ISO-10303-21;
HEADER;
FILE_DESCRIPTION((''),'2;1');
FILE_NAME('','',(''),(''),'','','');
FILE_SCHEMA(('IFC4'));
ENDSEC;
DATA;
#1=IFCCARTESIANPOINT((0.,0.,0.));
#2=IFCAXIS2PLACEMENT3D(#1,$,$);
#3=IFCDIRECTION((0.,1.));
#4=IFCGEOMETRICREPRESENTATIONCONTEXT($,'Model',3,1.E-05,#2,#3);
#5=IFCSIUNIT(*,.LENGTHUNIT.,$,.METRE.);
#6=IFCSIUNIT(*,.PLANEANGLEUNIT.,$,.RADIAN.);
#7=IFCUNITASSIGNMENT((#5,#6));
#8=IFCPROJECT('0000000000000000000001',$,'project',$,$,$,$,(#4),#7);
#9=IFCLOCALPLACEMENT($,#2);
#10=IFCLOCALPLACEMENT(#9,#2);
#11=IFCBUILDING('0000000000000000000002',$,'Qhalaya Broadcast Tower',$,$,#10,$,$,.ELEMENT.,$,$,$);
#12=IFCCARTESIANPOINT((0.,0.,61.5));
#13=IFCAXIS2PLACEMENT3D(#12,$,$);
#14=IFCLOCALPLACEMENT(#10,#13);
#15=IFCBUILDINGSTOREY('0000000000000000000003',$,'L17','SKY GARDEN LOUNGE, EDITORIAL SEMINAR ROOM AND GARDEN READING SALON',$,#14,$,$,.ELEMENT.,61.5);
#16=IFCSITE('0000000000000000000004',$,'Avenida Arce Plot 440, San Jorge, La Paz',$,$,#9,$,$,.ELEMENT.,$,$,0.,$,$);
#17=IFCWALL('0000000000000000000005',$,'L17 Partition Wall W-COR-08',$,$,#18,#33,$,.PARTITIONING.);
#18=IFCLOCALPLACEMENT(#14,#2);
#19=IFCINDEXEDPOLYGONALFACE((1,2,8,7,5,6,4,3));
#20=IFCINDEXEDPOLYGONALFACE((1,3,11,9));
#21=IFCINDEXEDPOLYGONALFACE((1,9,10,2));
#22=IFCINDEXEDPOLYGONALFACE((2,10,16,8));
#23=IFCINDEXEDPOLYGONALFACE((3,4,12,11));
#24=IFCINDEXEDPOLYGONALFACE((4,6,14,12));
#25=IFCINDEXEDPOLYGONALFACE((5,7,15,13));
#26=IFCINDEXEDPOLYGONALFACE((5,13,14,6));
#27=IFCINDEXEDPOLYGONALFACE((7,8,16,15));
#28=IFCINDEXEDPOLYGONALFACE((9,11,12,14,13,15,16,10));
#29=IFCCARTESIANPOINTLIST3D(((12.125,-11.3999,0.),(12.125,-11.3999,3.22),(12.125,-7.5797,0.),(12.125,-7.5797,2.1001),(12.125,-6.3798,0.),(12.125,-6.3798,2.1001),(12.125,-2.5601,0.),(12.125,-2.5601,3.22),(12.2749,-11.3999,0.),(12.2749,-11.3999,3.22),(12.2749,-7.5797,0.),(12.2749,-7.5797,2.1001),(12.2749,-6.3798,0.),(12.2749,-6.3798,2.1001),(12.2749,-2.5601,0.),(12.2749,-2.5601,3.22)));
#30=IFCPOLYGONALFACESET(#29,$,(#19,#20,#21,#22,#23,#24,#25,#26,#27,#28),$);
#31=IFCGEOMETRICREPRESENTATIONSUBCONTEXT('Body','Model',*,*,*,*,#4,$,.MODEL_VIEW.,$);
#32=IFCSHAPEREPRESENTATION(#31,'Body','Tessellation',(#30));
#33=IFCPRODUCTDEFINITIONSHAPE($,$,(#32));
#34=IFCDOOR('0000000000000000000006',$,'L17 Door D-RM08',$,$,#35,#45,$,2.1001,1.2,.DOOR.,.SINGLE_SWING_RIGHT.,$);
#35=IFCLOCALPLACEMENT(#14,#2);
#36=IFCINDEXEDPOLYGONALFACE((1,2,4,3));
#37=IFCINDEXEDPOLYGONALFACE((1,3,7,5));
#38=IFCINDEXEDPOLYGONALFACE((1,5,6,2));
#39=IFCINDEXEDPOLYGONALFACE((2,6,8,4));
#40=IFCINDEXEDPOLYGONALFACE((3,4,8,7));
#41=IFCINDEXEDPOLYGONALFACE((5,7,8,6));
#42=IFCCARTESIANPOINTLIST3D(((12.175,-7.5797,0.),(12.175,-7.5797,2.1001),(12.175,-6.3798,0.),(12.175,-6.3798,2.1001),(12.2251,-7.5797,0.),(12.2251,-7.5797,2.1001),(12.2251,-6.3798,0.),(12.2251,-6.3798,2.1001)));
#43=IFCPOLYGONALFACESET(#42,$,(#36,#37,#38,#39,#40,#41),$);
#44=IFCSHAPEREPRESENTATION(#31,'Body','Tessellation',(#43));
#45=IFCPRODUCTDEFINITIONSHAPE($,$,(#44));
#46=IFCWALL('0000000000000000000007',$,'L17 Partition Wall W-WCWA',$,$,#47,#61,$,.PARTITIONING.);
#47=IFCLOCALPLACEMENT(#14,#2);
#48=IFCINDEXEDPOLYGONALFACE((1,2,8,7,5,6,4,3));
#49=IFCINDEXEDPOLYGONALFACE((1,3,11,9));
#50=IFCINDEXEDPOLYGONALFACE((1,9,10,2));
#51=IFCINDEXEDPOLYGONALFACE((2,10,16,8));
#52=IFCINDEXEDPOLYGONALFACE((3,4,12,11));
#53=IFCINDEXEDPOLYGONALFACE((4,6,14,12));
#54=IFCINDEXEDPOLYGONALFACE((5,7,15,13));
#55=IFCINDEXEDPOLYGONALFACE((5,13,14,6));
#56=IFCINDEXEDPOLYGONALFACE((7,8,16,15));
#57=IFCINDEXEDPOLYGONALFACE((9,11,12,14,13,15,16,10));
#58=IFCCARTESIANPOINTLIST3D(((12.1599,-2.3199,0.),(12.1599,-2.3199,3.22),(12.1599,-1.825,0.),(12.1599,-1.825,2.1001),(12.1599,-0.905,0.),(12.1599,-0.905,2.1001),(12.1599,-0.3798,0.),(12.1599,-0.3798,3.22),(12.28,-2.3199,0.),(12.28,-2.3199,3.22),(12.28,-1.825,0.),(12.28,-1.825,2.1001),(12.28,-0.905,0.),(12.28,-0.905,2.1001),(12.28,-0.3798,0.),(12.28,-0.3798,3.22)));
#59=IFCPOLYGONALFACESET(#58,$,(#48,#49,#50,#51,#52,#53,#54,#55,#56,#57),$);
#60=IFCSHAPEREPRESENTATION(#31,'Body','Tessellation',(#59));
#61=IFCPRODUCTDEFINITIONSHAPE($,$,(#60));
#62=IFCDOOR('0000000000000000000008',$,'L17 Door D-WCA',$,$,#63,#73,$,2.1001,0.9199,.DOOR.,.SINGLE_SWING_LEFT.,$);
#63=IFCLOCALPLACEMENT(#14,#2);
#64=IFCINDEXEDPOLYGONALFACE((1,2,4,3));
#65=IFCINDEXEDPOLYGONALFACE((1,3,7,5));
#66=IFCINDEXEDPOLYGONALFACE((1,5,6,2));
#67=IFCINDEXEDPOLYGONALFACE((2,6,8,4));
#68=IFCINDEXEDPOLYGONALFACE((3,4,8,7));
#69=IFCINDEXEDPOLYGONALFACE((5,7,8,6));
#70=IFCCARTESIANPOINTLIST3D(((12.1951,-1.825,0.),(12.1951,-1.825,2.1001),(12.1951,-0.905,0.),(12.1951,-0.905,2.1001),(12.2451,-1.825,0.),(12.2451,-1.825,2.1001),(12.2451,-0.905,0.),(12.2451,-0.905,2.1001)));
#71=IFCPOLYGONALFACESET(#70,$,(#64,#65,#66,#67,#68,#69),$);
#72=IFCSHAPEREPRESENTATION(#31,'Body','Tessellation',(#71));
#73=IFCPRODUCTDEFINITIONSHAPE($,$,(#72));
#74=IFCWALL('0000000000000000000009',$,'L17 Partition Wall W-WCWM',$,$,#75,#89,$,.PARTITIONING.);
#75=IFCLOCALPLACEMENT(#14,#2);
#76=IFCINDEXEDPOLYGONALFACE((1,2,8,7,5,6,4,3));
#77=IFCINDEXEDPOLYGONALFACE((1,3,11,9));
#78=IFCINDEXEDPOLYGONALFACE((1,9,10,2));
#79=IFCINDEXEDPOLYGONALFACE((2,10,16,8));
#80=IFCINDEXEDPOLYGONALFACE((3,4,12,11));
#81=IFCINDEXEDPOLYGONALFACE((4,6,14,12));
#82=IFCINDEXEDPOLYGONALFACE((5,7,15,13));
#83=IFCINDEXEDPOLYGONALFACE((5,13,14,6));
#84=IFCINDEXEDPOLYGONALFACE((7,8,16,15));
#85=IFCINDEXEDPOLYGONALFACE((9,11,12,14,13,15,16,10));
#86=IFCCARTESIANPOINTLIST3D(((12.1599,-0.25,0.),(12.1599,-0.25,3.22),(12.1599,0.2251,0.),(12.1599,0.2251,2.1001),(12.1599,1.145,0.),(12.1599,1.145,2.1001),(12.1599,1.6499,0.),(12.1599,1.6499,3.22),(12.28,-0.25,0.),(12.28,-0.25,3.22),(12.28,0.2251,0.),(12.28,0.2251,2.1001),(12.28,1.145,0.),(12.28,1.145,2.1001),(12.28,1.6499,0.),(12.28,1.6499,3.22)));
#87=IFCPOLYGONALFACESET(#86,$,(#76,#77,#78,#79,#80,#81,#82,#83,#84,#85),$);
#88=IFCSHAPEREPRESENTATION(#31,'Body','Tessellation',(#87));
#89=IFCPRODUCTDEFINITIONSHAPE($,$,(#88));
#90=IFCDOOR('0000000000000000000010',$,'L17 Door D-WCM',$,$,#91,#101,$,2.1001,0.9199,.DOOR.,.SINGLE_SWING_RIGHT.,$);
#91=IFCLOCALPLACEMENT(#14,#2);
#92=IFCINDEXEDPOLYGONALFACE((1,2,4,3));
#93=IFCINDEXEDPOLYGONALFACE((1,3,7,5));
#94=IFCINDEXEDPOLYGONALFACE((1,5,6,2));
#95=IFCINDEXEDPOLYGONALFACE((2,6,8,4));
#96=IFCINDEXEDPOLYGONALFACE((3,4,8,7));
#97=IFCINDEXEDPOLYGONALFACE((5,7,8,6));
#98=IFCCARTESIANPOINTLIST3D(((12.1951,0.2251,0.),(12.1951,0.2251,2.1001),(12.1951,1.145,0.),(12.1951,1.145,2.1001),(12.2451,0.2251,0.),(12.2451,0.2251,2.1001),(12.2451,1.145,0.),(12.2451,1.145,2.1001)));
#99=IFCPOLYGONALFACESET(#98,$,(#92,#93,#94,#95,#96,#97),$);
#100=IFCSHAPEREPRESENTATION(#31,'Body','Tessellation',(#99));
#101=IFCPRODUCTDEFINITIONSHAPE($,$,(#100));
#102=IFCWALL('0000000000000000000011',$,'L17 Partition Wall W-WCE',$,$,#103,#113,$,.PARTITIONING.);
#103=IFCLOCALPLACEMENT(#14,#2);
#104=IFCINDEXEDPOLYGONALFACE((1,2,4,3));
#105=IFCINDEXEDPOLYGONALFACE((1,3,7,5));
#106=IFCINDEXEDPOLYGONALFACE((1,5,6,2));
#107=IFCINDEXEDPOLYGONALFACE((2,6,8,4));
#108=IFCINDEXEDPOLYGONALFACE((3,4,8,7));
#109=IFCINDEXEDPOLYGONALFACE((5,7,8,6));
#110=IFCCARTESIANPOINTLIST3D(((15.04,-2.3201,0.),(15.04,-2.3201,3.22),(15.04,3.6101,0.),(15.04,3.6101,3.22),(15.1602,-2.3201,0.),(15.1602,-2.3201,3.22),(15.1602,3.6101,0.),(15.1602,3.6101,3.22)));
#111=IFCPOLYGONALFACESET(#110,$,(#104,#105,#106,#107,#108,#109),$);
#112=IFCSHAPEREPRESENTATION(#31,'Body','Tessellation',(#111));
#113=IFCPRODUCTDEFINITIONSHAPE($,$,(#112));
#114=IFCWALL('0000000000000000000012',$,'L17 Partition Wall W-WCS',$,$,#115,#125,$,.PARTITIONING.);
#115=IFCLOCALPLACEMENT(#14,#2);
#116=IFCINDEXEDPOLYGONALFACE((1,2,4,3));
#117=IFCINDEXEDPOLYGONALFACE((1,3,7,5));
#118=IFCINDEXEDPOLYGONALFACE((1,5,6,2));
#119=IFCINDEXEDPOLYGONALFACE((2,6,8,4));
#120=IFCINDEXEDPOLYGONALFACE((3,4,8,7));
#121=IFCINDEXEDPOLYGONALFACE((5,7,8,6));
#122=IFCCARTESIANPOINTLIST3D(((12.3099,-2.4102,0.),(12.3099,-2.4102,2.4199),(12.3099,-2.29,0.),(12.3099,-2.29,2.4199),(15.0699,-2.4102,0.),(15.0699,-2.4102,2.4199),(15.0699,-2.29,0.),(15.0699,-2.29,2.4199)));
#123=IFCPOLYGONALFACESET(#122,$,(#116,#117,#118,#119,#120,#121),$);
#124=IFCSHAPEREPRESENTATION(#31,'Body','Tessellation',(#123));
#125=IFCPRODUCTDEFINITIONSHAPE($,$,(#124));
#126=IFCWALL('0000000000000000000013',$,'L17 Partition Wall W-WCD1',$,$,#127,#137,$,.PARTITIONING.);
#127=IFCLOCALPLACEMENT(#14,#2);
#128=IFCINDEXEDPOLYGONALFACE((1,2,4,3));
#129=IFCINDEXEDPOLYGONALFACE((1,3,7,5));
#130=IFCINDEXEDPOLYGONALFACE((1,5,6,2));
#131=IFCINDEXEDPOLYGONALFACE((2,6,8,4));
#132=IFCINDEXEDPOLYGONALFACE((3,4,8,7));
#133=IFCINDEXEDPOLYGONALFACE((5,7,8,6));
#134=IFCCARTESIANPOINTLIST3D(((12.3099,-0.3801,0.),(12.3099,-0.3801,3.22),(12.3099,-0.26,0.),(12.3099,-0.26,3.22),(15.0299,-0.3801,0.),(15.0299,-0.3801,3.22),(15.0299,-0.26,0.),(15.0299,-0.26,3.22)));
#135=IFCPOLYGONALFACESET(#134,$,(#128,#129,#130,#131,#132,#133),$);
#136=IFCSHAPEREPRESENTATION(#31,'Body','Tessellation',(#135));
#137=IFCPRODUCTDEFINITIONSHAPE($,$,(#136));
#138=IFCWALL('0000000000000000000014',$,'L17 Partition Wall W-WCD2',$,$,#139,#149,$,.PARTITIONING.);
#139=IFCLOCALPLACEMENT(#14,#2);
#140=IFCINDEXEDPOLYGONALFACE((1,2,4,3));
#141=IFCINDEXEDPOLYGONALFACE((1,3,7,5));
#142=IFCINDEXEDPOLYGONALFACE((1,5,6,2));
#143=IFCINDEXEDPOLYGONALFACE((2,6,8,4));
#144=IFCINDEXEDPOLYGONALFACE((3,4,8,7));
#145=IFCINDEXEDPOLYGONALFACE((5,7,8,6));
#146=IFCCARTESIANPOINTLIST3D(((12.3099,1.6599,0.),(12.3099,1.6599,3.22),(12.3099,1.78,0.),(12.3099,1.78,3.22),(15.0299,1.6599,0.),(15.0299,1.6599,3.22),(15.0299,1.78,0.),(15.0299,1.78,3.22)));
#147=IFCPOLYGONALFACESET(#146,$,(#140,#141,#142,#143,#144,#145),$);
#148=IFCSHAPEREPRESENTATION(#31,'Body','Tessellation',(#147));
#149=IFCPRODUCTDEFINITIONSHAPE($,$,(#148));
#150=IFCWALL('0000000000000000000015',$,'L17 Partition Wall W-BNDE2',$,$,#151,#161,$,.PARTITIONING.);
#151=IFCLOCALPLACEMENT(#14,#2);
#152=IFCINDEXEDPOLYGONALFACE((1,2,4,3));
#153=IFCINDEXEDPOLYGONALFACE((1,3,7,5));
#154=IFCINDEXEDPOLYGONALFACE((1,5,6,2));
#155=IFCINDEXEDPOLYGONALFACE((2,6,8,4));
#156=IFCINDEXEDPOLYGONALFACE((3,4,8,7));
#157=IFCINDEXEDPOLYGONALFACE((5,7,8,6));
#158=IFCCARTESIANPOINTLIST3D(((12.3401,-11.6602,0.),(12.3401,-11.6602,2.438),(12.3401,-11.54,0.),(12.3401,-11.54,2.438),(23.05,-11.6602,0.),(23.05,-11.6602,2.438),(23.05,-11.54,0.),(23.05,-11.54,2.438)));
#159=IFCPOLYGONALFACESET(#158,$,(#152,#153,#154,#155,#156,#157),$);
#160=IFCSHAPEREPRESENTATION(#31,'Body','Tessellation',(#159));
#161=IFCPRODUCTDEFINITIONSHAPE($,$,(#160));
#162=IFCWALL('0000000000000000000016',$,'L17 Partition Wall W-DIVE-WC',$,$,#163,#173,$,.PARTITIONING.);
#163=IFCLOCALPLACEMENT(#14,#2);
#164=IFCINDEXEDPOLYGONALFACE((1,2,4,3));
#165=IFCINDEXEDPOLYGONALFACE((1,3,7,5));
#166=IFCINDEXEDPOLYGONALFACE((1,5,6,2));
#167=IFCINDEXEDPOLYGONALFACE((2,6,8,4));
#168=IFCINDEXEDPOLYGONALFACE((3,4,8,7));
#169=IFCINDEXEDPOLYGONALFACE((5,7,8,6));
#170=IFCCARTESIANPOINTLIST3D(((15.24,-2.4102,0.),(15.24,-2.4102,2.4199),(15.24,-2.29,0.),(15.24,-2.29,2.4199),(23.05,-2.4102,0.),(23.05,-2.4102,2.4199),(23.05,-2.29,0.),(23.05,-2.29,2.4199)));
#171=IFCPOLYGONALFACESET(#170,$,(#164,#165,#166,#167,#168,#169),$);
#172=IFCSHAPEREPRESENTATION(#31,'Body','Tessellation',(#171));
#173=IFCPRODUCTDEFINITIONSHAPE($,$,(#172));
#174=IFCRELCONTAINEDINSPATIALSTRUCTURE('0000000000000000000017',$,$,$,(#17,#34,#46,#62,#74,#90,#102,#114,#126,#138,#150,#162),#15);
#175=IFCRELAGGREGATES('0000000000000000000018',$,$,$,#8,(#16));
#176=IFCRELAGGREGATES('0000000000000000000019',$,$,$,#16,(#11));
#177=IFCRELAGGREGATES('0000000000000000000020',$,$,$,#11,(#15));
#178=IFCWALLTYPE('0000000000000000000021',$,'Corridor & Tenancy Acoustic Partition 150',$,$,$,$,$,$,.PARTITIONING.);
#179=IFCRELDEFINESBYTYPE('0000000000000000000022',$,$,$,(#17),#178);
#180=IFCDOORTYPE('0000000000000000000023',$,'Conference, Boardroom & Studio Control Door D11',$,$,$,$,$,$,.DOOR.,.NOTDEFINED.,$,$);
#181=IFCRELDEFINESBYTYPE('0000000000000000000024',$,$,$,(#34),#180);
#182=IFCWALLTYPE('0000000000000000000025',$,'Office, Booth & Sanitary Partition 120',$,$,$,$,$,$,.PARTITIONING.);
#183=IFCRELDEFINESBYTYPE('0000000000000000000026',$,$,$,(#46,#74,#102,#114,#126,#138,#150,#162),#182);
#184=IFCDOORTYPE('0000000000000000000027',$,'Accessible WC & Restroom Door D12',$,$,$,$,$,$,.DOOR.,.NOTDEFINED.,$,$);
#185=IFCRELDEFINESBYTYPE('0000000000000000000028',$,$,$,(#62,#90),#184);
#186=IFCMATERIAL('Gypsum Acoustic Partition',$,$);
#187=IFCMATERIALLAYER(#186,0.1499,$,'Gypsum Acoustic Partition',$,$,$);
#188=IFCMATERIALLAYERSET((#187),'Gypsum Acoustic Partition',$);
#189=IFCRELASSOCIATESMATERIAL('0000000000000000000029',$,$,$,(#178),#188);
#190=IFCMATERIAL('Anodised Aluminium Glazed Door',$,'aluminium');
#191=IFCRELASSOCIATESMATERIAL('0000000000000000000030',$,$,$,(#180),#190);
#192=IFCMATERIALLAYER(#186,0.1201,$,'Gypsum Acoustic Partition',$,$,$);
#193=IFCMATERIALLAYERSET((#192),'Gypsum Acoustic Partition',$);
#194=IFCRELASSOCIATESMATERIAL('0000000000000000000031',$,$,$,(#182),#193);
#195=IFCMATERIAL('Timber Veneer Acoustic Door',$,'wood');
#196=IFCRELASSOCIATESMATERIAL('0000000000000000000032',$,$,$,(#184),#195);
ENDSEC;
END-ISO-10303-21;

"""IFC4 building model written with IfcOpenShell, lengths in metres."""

from ifc_helpers import new_model, si_unit, direction, frame, frame_2d, origin, place, context, subcontext, project, spatial, rectangle, extrude, material, layer, layer_set, type_object, element, fill, save


model = new_model("IFC4")

# Units and contexts
model_context = context("Model", 3, precision=1e-05, world=origin(), true_north=direction((0.0, 1.0)))
body_context = subcontext(model_context, "Body", "Model", "MODEL_VIEW")
ifc_project = project(units=[si_unit("LENGTHUNIT", "METRE"), si_unit("PLANEANGLEUNIT", "RADIAN")], contexts=[model_context])

# Site, building, storey
site_placement = place(None, origin())
site = spatial("IfcSite", under=ifc_project, at=site_placement, Name="Avenida Arce Plot 440, San Jorge, La Paz", CompositionType="ELEMENT", RefElevation=0.0)
building_placement = place(site_placement, origin())
building = spatial("IfcBuilding", under=site, at=building_placement, Name="Qhalaya Broadcast Tower", CompositionType="ELEMENT")
storey_placement = place(building_placement, frame((0.0, 0.0, 61.5)))
storey = spatial("IfcBuildingStorey", under=building, at=storey_placement, Name="L17", Description="SKY GARDEN LOUNGE, EDITORIAL SEMINAR ROOM AND GARDEN READING SALON", CompositionType="ELEMENT", Elevation=61.5)

# Walls, openings, doors
ifc_material_1 = material(Name="Gypsum Acoustic Partition")
ifc_layer_1 = layer(ifc_material_1, 0.1499, Name="Gypsum Acoustic Partition")
ifc_layer_set_1 = layer_set([ifc_layer_1], Name="Gypsum Acoustic Partition")
wall_type_1 = type_object("IfcWallType", Name="Corridor & Tenancy Acoustic Partition 150", PredefinedType="PARTITIONING", material=ifc_layer_set_1)
wall_1_placement = place(storey_placement, frame((12.2, -11.3999, 0.0), z_axis=(0.0, 0.0, 1.0), x_axis=(0.0, 1.0, 0.0)))
wall_1 = element("IfcWall", 1, at=wall_1_placement, inside=storey, type_object=wall_type_1, Name="L17 Partition Wall W-COR-08", PredefinedType="PARTITIONING", context=body_context, shape_type="SweptSolid", body=[
    extrude(rectangle(XDim=8.8398, YDim=0.1499, at=frame_2d((4.4199, 0.0))), origin(), (0.0, 0.0, 1.0), 3.22),
])
opening_1_placement = place(wall_1_placement, frame((3.8201, 0.0, 0.0)))
opening_1 = element("IfcOpeningElement", 2, at=opening_1_placement, cuts=wall_1, PredefinedType="OPENING", context=body_context, shape_type="SweptSolid", body=[
    extrude(rectangle(XDim=1.2, YDim=2.1001, at=frame_2d((0.6001, 1.05))), frame((0.0, 0.0869, 0.0), z_axis=(0.0, -1.0, 0.0), x_axis=(1.0, 0.0, 0.0)), (0.0, 0.0, 1.0), 0.1738),
])
ifc_material_2 = material(Name="Anodised Aluminium Glazed Door", Category="aluminium")
door_type_1 = type_object("IfcDoorType", Name="Conference, Boardroom & Studio Control Door D11", OperationType="NOTDEFINED", PredefinedType="DOOR", material=ifc_material_2)
door_1_placement = place(opening_1_placement, origin())
door_1 = element("IfcDoor", 3, at=door_1_placement, inside=storey, type_object=door_type_1, Name="L17 Door D-RM08", OperationType="SINGLE_SWING_RIGHT", OverallHeight=2.1001, OverallWidth=1.2, PredefinedType="DOOR", context=body_context, shape_type="SweptSolid", body=[
    extrude(rectangle(XDim=1.2, YDim=2.1001, at=frame_2d((0.6001, 1.05))), frame((0.0, 0.0249, 0.0), z_axis=(0.0, -1.0, 0.0), x_axis=(1.0, 0.0, 0.0)), (0.0, 0.0, 1.0), 0.05),
])
fill(opening_1, door_1)
ifc_layer_2 = layer(ifc_material_1, 0.1201, Name="Gypsum Acoustic Partition")
ifc_layer_set_2 = layer_set([ifc_layer_2], Name="Gypsum Acoustic Partition")
wall_type_2 = type_object("IfcWallType", Name="Office, Booth & Sanitary Partition 120", PredefinedType="PARTITIONING", material=ifc_layer_set_2)
wall_2_placement = place(storey_placement, frame((12.22, -2.3201, 0.0), z_axis=(0.0, 0.0, 1.0), x_axis=(0.0, 1.0, 0.0)))
wall_2 = element("IfcWall", 4, at=wall_2_placement, inside=storey, type_object=wall_type_2, Name="L17 Partition Wall W-WCWA", PredefinedType="PARTITIONING", context=body_context, shape_type="SweptSolid", body=[
    extrude(rectangle(XDim=1.9402, YDim=0.1201, at=frame_2d((0.9702, 0.0))), origin(), (0.0, 0.0, 1.0), 3.22),
])
opening_2_placement = place(wall_2_placement, frame((0.4951, 0.0, 0.0)))
opening_2 = element("IfcOpeningElement", 5, at=opening_2_placement, cuts=wall_2, PredefinedType="OPENING", context=body_context, shape_type="SweptSolid", body=[
    extrude(rectangle(XDim=0.9199, YDim=2.1001, at=frame_2d((0.46, 1.05))), frame((0.0, 0.072, 0.0), z_axis=(0.0, -1.0, 0.0), x_axis=(1.0, 0.0, 0.0)), (0.0, 0.0, 1.0), 0.144),
])
ifc_material_3 = material(Name="Timber Veneer Acoustic Door", Category="wood")
door_type_2 = type_object("IfcDoorType", Name="Accessible WC & Restroom Door D12", OperationType="NOTDEFINED", PredefinedType="DOOR", material=ifc_material_3)
door_2_placement = place(opening_2_placement, origin())
door_2 = element("IfcDoor", 6, at=door_2_placement, inside=storey, type_object=door_type_2, Name="L17 Door D-WCA", OperationType="SINGLE_SWING_LEFT", OverallHeight=2.1001, OverallWidth=0.9199, PredefinedType="DOOR", context=body_context, shape_type="SweptSolid", body=[
    extrude(rectangle(XDim=0.9199, YDim=2.1001, at=frame_2d((0.46, 1.05))), frame((0.0, 0.0249, 0.0), z_axis=(0.0, -1.0, 0.0), x_axis=(1.0, 0.0, 0.0)), (0.0, 0.0, 1.0), 0.05),
])
fill(opening_2, door_2)
wall_3_placement = place(storey_placement, frame((12.22, -0.25, 0.0), z_axis=(0.0, 0.0, 1.0), x_axis=(0.0, 1.0, 0.0)))
wall_3 = element("IfcWall", 7, at=wall_3_placement, inside=storey, type_object=wall_type_2, Name="L17 Partition Wall W-WCWM", PredefinedType="PARTITIONING", context=body_context, shape_type="SweptSolid", body=[
    extrude(rectangle(XDim=1.8999, YDim=0.1201, at=frame_2d((0.95, 0.0))), origin(), (0.0, 0.0, 1.0), 3.22),
])
opening_3_placement = place(wall_3_placement, frame((0.4751, 0.0, 0.0)))
opening_3 = element("IfcOpeningElement", 8, at=opening_3_placement, cuts=wall_3, PredefinedType="OPENING", context=body_context, shape_type="SweptSolid", body=[
    extrude(rectangle(XDim=0.9199, YDim=2.1001, at=frame_2d((0.46, 1.05))), frame((0.0, 0.072, 0.0), z_axis=(0.0, -1.0, 0.0), x_axis=(1.0, 0.0, 0.0)), (0.0, 0.0, 1.0), 0.144),
])
door_3_placement = place(opening_3_placement, origin())
door_3 = element("IfcDoor", 9, at=door_3_placement, inside=storey, type_object=door_type_2, Name="L17 Door D-WCM", OperationType="SINGLE_SWING_RIGHT", OverallHeight=2.1001, OverallWidth=0.9199, PredefinedType="DOOR", context=body_context, shape_type="SweptSolid", body=[
    extrude(rectangle(XDim=0.9199, YDim=2.1001, at=frame_2d((0.46, 1.05))), frame((0.0, 0.0249, 0.0), z_axis=(0.0, -1.0, 0.0), x_axis=(1.0, 0.0, 0.0)), (0.0, 0.0, 1.0), 0.05),
])
fill(opening_3, door_3)

# Walls
wall_4_placement = place(storey_placement, frame((15.1001, -2.3201, 0.0), z_axis=(0.0, 0.0, 1.0), x_axis=(0.0, 1.0, 0.0)))
element("IfcWall", 10, at=wall_4_placement, inside=storey, type_object=wall_type_2, Name="L17 Partition Wall W-WCE", PredefinedType="PARTITIONING", context=body_context, shape_type="SweptSolid", body=[
    extrude(rectangle(XDim=5.9302, YDim=0.1201, at=frame_2d((2.9651, 0.0))), origin(), (0.0, 0.0, 1.0), 3.22),
])
wall_5_placement = place(storey_placement, frame((12.3101, -2.3501, 0.0), z_axis=(0.0, 0.0, 1.0), x_axis=(1.0, 0.0, 0.0)))
element("IfcWall", 11, at=wall_5_placement, inside=storey, type_object=wall_type_2, Name="L17 Partition Wall W-WCS", PredefinedType="PARTITIONING", context=body_context, shape_type="SweptSolid", body=[
    extrude(rectangle(XDim=2.76, YDim=0.1201, at=frame_2d((1.3799, 0.0))), origin(), (0.0, 0.0, 1.0), 2.4199),
])
for number, where, z_axis, x_axis, name in (
    (12, (12.3101, -0.3201, 0.0), (0.0, 0.0, 1.0), (1.0, 0.0, 0.0), "L17 Partition Wall W-WCD1"),
    (13, (12.3101, 1.72, 0.0), (0.0, 0.0, 1.0), (1.0, 0.0, 0.0), "L17 Partition Wall W-WCD2"),
):
    element("IfcWall", number, at=place(storey_placement, frame(where, z_axis=z_axis, x_axis=x_axis)), inside=storey, type_object=wall_type_2, Name=name, PredefinedType="PARTITIONING", context=body_context, shape_type="SweptSolid", body=[
        extrude(rectangle(XDim=2.72, YDim=0.1201, at=frame_2d((1.3599, 0.0))), origin(), (0.0, 0.0, 1.0), 3.22),
    ])
wall_6_placement = place(storey_placement, frame((12.3401, -11.6001, 0.0), z_axis=(0.0, 0.0, 1.0), x_axis=(1.0, 0.0, 0.0)))
element("IfcWall", 14, at=wall_6_placement, inside=storey, type_object=wall_type_2, Name="L17 Partition Wall W-BNDE2", PredefinedType="PARTITIONING", context=body_context, shape_type="SweptSolid", body=[
    extrude(rectangle(XDim=10.71, YDim=0.1201, at=frame_2d((5.355, 0.0))), origin(), (0.0, 0.0, 1.0), 2.438),
])
wall_7_placement = place(storey_placement, frame((15.24, -2.3501, 0.0), z_axis=(0.0, 0.0, 1.0), x_axis=(1.0, 0.0, 0.0)))
element("IfcWall", 15, at=wall_7_placement, inside=storey, type_object=wall_type_2, Name="L17 Partition Wall W-DIVE-WC", PredefinedType="PARTITIONING", context=body_context, shape_type="SweptSolid", body=[
    extrude(rectangle(XDim=7.8101, YDim=0.1201, at=frame_2d((3.905, 0.0))), origin(), (0.0, 0.0, 1.0), 2.4199),
])

save(model, "model.ifc")
